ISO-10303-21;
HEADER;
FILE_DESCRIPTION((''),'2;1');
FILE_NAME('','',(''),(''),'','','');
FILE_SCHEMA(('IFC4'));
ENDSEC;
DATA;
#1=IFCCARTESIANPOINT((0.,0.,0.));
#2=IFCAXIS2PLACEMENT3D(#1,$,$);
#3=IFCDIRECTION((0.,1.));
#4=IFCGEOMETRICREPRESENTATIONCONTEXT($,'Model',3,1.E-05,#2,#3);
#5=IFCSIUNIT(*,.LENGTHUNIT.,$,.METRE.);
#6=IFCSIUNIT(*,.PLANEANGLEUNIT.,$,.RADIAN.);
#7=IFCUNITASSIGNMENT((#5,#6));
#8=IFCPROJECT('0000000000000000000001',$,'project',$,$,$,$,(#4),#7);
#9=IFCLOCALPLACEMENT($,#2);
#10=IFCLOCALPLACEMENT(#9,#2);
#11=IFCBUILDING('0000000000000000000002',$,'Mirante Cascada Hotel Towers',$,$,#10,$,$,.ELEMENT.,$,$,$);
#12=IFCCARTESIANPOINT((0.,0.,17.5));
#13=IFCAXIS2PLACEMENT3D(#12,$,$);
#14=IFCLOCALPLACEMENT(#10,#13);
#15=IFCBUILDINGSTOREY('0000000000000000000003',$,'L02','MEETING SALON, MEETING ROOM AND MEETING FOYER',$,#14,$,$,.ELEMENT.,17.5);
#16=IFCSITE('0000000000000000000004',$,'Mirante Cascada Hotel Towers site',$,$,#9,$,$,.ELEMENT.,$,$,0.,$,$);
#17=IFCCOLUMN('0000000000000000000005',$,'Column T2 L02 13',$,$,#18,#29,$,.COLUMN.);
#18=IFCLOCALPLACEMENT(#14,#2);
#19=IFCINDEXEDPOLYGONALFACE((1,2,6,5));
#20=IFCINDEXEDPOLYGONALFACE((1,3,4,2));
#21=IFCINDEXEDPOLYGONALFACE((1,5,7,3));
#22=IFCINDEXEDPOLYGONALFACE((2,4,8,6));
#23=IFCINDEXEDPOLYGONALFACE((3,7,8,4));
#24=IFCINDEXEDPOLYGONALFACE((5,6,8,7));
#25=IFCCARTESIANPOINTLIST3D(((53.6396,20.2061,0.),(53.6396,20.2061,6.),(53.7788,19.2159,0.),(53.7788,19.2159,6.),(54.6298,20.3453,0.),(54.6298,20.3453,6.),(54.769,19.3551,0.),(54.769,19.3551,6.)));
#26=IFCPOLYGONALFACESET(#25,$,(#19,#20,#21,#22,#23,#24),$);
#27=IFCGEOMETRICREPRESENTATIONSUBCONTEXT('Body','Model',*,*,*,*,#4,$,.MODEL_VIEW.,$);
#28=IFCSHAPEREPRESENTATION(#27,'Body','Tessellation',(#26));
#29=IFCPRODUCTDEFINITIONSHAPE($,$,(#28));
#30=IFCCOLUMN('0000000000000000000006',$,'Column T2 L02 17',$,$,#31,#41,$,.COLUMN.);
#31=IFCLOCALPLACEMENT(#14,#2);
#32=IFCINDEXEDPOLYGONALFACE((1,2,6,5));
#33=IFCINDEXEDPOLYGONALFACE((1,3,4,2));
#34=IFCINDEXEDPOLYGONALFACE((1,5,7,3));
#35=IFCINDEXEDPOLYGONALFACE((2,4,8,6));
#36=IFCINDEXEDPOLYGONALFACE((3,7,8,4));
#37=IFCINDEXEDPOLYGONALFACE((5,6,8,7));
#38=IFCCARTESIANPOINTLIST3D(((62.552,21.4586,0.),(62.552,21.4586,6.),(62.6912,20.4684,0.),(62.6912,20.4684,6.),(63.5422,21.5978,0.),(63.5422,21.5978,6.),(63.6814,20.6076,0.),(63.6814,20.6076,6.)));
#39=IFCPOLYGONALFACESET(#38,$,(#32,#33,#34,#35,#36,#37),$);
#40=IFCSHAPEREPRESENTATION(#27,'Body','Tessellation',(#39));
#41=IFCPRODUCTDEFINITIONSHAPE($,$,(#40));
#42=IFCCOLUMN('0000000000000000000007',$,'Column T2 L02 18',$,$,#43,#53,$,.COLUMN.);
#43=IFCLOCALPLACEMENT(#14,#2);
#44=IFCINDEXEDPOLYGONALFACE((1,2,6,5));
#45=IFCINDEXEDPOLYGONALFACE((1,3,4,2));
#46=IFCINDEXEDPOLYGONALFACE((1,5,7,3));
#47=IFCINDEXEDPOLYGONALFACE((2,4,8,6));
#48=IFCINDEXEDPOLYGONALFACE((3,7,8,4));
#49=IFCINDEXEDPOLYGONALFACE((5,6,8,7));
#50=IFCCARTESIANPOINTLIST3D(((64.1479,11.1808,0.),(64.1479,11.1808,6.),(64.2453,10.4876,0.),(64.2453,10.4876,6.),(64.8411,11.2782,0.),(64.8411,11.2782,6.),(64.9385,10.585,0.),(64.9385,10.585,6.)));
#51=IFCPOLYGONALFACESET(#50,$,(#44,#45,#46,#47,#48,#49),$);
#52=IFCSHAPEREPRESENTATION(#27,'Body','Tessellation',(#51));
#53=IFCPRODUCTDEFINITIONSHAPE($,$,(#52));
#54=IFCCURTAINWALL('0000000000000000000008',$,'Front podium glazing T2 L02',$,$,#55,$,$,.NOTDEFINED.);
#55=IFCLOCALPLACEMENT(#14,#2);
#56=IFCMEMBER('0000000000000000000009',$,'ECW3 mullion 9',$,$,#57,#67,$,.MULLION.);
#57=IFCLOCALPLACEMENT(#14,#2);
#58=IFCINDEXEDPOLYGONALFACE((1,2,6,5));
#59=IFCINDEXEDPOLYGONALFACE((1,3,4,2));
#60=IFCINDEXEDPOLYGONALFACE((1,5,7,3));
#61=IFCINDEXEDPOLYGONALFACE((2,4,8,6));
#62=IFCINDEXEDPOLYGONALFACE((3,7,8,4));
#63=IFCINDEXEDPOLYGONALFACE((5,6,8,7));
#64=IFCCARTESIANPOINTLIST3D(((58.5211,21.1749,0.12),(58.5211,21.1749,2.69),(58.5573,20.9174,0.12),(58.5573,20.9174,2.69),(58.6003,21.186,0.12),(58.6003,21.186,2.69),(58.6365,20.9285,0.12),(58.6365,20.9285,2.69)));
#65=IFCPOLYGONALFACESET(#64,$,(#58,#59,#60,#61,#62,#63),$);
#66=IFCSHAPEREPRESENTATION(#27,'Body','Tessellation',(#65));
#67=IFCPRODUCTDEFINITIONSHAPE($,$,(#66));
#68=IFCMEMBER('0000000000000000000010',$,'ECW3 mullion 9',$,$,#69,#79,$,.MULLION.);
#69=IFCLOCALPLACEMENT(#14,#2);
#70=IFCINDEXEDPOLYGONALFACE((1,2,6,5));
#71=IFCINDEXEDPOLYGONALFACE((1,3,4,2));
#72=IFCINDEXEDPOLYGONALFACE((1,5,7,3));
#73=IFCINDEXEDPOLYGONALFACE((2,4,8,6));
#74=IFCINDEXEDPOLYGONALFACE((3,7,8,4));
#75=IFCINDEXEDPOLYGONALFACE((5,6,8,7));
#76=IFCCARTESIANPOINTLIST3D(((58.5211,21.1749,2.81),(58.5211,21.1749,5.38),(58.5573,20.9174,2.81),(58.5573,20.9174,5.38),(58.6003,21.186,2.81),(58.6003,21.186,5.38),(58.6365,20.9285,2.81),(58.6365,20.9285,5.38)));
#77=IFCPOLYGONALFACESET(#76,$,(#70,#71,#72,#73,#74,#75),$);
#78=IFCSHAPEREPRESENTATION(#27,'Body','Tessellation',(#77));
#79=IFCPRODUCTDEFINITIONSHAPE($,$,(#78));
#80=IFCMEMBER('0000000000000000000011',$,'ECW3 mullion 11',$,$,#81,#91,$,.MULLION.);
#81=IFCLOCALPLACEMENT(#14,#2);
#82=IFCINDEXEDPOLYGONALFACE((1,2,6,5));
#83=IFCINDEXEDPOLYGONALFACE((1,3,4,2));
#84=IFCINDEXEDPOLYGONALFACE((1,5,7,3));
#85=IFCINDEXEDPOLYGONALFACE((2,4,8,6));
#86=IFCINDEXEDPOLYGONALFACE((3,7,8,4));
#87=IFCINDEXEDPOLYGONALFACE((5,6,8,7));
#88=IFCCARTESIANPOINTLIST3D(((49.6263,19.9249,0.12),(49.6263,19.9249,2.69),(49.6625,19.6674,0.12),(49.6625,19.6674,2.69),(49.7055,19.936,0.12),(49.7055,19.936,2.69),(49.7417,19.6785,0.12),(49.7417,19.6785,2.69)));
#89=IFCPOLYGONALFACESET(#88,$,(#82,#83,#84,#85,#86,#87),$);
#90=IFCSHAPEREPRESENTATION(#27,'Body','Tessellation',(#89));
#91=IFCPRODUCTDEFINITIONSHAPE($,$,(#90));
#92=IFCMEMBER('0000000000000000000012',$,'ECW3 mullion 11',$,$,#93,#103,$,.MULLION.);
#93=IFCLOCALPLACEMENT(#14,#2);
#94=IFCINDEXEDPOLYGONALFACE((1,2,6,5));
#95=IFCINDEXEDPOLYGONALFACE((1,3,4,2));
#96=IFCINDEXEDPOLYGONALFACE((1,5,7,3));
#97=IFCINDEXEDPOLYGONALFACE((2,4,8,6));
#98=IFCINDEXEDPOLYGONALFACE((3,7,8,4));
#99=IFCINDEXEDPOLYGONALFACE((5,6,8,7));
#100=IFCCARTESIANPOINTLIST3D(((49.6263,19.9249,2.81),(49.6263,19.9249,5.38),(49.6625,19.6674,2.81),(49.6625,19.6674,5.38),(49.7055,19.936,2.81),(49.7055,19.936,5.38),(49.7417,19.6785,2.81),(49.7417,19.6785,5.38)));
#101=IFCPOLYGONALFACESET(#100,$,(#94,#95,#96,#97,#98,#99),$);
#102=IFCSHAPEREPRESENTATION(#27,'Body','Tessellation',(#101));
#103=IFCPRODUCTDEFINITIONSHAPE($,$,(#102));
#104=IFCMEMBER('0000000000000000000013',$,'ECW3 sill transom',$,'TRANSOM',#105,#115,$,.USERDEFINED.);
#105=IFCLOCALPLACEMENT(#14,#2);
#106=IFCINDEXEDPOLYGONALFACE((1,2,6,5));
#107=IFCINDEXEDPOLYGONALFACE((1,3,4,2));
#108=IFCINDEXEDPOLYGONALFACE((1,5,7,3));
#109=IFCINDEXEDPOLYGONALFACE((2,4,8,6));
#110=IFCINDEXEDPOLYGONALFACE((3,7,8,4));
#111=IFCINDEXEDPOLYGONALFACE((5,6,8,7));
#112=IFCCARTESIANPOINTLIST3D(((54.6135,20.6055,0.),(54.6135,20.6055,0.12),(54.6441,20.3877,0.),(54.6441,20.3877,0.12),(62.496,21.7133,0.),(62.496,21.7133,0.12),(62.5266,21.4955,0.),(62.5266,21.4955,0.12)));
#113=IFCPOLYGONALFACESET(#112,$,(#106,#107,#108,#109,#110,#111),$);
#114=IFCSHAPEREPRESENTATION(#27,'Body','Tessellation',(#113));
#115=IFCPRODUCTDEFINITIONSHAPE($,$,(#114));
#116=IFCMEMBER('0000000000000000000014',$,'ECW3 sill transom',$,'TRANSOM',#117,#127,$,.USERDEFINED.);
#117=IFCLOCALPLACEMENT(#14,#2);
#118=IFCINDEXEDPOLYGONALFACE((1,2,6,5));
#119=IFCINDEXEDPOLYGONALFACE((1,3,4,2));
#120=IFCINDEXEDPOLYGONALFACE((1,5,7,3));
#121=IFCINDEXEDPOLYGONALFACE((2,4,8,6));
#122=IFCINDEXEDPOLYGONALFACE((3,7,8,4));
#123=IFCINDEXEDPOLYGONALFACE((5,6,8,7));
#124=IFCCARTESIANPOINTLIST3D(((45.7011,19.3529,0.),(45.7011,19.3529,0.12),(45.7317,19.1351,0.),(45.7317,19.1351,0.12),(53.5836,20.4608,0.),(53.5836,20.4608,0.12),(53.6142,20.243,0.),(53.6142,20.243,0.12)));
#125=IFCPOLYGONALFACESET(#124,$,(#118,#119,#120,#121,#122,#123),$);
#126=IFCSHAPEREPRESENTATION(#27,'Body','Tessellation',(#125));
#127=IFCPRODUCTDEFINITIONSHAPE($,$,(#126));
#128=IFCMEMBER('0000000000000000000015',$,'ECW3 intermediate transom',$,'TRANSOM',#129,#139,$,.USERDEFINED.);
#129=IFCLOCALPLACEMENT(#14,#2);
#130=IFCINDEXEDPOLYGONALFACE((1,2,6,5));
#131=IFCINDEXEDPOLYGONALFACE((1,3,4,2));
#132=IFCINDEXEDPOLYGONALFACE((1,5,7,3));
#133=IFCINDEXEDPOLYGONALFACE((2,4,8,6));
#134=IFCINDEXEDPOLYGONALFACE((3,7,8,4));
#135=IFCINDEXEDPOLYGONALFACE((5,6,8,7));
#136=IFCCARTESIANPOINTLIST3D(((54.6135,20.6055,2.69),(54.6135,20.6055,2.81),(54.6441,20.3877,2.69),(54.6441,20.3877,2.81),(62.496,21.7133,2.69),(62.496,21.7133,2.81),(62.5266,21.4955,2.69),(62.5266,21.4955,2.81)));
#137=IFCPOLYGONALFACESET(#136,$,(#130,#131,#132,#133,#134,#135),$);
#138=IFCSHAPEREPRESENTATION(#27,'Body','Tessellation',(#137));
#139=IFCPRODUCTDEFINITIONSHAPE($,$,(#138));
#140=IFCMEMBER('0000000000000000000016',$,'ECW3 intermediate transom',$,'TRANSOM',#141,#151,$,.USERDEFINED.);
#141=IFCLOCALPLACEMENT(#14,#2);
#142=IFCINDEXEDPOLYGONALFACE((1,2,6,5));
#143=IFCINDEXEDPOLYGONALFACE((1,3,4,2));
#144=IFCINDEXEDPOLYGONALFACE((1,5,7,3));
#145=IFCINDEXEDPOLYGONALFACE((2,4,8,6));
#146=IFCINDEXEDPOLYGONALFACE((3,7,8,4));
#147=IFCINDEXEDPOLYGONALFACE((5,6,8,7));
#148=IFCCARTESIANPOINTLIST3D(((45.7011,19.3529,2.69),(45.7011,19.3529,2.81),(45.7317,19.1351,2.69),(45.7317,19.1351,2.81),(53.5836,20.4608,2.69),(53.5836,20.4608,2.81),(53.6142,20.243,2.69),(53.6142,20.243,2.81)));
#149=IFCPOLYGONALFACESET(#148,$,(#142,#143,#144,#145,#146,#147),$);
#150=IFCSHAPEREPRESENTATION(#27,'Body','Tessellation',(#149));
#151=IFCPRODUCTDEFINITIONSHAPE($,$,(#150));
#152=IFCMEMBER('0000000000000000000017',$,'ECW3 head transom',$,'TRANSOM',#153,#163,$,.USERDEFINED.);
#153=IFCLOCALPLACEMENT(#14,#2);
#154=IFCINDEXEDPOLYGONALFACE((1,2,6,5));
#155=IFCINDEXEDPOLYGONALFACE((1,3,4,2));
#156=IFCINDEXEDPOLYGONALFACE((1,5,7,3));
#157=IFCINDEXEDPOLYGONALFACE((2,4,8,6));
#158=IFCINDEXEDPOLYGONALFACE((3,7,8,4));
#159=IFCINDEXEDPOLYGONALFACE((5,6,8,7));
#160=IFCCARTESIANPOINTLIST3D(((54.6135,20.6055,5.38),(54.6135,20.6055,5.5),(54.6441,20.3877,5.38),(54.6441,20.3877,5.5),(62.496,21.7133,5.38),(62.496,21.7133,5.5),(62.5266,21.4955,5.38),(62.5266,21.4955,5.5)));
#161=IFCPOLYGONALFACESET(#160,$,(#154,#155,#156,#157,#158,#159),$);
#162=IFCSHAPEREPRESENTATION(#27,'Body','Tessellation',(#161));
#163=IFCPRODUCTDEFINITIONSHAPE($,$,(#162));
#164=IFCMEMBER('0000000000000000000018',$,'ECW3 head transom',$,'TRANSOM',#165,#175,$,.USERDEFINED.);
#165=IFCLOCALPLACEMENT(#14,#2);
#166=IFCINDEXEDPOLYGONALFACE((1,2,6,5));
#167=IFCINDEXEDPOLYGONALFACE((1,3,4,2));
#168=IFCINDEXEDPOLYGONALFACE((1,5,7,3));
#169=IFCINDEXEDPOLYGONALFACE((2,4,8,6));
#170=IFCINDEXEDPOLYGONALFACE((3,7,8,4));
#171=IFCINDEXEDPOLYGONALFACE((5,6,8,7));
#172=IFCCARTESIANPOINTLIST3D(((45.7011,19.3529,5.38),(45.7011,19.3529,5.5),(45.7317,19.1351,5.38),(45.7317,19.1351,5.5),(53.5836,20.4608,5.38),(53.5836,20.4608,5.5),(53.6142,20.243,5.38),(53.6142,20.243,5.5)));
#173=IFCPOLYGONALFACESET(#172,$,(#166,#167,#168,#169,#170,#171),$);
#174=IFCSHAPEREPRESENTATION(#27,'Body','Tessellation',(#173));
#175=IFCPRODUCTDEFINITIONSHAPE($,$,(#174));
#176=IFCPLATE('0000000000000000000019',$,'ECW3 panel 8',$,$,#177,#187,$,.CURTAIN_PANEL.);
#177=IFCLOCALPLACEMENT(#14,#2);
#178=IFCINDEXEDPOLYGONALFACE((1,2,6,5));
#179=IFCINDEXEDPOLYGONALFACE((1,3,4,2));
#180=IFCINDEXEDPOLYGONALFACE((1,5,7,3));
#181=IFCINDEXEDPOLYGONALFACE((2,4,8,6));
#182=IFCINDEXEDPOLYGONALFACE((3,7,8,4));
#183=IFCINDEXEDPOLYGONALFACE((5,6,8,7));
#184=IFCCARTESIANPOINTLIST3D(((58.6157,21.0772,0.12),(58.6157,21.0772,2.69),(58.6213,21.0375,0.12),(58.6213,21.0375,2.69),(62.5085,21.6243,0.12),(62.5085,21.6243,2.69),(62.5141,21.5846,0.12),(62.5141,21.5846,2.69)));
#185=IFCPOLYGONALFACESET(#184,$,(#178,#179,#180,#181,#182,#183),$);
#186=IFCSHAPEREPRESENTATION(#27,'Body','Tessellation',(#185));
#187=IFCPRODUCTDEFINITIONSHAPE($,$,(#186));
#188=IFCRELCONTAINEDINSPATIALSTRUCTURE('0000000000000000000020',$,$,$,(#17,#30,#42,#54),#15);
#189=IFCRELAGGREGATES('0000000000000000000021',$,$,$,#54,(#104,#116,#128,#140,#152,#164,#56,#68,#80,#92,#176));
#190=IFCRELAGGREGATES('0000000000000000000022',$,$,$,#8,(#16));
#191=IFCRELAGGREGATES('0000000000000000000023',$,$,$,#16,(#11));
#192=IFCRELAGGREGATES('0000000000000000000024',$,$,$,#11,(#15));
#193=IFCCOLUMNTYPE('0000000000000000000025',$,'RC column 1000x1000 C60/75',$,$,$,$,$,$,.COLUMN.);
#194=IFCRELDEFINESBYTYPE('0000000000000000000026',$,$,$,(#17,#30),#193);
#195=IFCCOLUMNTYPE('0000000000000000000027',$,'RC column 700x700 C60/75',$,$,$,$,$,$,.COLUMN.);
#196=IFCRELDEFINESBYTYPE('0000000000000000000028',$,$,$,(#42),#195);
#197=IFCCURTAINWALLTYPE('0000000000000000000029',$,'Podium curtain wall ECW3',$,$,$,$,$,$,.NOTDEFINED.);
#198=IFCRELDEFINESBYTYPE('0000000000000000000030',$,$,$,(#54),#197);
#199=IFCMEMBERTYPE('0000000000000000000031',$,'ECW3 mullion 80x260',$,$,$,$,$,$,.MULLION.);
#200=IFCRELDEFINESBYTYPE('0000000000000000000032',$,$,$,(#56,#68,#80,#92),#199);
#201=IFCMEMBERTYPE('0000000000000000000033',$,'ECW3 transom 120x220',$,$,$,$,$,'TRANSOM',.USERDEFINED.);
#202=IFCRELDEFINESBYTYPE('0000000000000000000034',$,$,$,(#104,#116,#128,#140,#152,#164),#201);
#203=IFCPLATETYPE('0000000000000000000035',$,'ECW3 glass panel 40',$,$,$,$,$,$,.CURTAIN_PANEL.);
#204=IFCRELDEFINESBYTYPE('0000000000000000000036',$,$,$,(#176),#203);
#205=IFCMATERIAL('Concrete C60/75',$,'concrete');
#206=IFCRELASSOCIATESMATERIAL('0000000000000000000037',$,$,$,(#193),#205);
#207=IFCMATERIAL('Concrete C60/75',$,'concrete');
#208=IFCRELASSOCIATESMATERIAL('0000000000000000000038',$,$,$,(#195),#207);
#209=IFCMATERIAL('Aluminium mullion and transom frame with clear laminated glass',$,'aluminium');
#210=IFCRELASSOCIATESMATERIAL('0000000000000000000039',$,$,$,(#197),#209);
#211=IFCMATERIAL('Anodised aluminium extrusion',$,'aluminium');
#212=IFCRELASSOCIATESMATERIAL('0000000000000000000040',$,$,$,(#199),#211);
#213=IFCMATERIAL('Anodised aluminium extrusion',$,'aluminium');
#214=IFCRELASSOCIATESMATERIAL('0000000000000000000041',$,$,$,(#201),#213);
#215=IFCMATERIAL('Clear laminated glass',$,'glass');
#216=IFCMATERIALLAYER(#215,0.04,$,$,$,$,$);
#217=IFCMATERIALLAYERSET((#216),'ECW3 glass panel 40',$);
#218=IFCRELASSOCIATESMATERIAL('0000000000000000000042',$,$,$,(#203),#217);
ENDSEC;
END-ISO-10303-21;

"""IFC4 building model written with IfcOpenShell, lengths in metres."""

from ifc_helpers import new_model, si_unit, direction, frame, origin, origin_2d, place, context, subcontext, project, spatial, rectangle, extrude, material, layer, layer_set, material_profile, profile_set, type_object, element, aggregate, save


model = new_model("IFC4")

# Units and contexts
model_context = context("Model", 3, precision=1e-05, world=origin(), true_north=direction((0.0, 1.0)))
body_context = subcontext(model_context, "Body", "Model", "MODEL_VIEW")
ifc_project = project(units=[si_unit("LENGTHUNIT", "METRE"), si_unit("PLANEANGLEUNIT", "RADIAN")], contexts=[model_context])

# Site, building, storey
site_placement = place(None, origin())
site = spatial("IfcSite", under=ifc_project, at=site_placement, Name="Mirante Cascada Hotel Towers site", CompositionType="ELEMENT", RefElevation=0.0)
building_placement = place(site_placement, origin())
building = spatial("IfcBuilding", under=site, at=building_placement, Name="Mirante Cascada Hotel Towers", CompositionType="ELEMENT")
storey_placement = place(building_placement, frame((0.0, 0.0, 17.5)))
storey = spatial("IfcBuildingStorey", under=building, at=storey_placement, Name="L02", Description="MEETING SALON, MEETING ROOM AND MEETING FOYER", CompositionType="ELEMENT", Elevation=17.5)

# Columns
ifc_material_1 = material(Name="Concrete C60/75", Category="concrete")
ifc_material_profile_1 = material_profile(ifc_material_1, rectangle(XDim=1.0, YDim=1.0, at=origin_2d()), Name="RC column 1000x1000 C60/75")
ifc_profile_set_1 = profile_set([ifc_material_profile_1], Name="Concrete C60/75")
column_type_1 = type_object("IfcColumnType", Name="RC column 1000x1000 C60/75", PredefinedType="COLUMN", material=ifc_profile_set_1)
for number, where, z_axis, x_axis, name in (
    (1, (54.2043, 19.7806, 0.0), (0.0, 0.0, 1.0), (0.990268, 0.139173, 0.0), "Column T2 L02 13"),
    (2, (63.1167, 21.0331, 0.0), (0.0, 0.0, 1.0), (0.990268, 0.139173, 0.0), "Column T2 L02 17"),
):
    element("IfcColumn", number, at=place(storey_placement, frame(where, z_axis=z_axis, x_axis=x_axis)), inside=storey, type_object=column_type_1, Name=name, PredefinedType="COLUMN", context=body_context, shape_type="SweptSolid", body=[
        extrude(rectangle(XDim=1.0, YDim=1.0, at=origin_2d()), origin(), (0.0, 0.0, 1.0), 6.0),
    ])
ifc_material_2 = material(Name="Concrete C60/75", Category="concrete")
ifc_material_profile_2 = material_profile(ifc_material_2, rectangle(XDim=0.7, YDim=0.7, at=origin_2d()), Name="RC column 700x700 C60/75")
ifc_profile_set_2 = profile_set([ifc_material_profile_2], Name="Concrete C60/75")
column_type_2 = type_object("IfcColumnType", Name="RC column 700x700 C60/75", PredefinedType="COLUMN", material=ifc_profile_set_2)
column_placement = place(storey_placement, frame((64.5432, 10.8829, 0.0), z_axis=(0.0, 0.0, 1.0), x_axis=(0.990268, 0.139173, 0.0)))
element("IfcColumn", 3, at=column_placement, inside=storey, type_object=column_type_2, Name="Column T2 L02 18", PredefinedType="COLUMN", context=body_context, shape_type="SweptSolid", body=[
    extrude(rectangle(XDim=0.7, YDim=0.7, at=origin_2d()), origin(), (0.0, 0.0, 1.0), 6.0),
])

# Curtain wall, members, plate
ifc_material_3 = material(Name="Aluminium mullion and transom frame with clear laminated glass", Category="aluminium")
curtain_wall_type = type_object("IfcCurtainWallType", Name="Podium curtain wall ECW3", PredefinedType="NOTDEFINED", material=ifc_material_3)
curtain_wall_placement = place(storey_placement, origin())
curtain_wall = element("IfcCurtainWall", 4, at=curtain_wall_placement, inside=storey, type_object=curtain_wall_type, Name="Front podium glazing T2 L02", PredefinedType="NOTDEFINED")
ifc_material_4 = material(Name="Anodised aluminium extrusion", Category="aluminium")
ifc_material_profile_3 = material_profile(ifc_material_4, rectangle(XDim=0.26, YDim=0.08, at=origin_2d()), Name="ECW3 MULLION 80x260")
ifc_profile_set_3 = profile_set([ifc_material_profile_3], Name="Anodised aluminium extrusion")
member_type_1 = type_object("IfcMemberType", Name="ECW3 mullion 80x260", PredefinedType="MULLION", material=ifc_profile_set_3)
member_1_placement = place(storey_placement, frame((58.5788, 21.0517, 0.12), z_axis=(0.0, 0.0, 1.0), x_axis=(0.139173, -0.990268, 0.0)))
member_1 = element("IfcMember", 5, at=member_1_placement, type_object=member_type_1, Name="ECW3 mullion 9", PredefinedType="MULLION", context=body_context, shape_type="SweptSolid", body=[
    extrude(rectangle(XDim=0.26, YDim=0.08, at=origin_2d()), origin(), (0.0, 0.0, 1.0), 2.57),
])
member_2_placement = place(storey_placement, frame((58.5788, 21.0517, 2.81), z_axis=(0.0, 0.0, 1.0), x_axis=(0.139173, -0.990268, 0.0)))
member_2 = element("IfcMember", 6, at=member_2_placement, type_object=member_type_1, Name="ECW3 mullion 9", PredefinedType="MULLION", context=body_context, shape_type="SweptSolid", body=[
    extrude(rectangle(XDim=0.26, YDim=0.08, at=origin_2d()), origin(), (0.0, 0.0, 1.0), 2.57),
])
member_3_placement = place(storey_placement, frame((49.684, 19.8017, 0.12), z_axis=(0.0, 0.0, 1.0), x_axis=(0.139173, -0.990268, 0.0)))
member_3 = element("IfcMember", 7, at=member_3_placement, type_object=member_type_1, Name="ECW3 mullion 11", PredefinedType="MULLION", context=body_context, shape_type="SweptSolid", body=[
    extrude(rectangle(XDim=0.26, YDim=0.08, at=origin_2d()), origin(), (0.0, 0.0, 1.0), 2.57),
])
member_4_placement = place(storey_placement, frame((49.684, 19.8017, 2.81), z_axis=(0.0, 0.0, 1.0), x_axis=(0.139173, -0.990268, 0.0)))
member_4 = element("IfcMember", 8, at=member_4_placement, type_object=member_type_1, Name="ECW3 mullion 11", PredefinedType="MULLION", context=body_context, shape_type="SweptSolid", body=[
    extrude(rectangle(XDim=0.26, YDim=0.08, at=origin_2d()), origin(), (0.0, 0.0, 1.0), 2.57),
])
ifc_material_5 = material(Name="Anodised aluminium extrusion", Category="aluminium")
ifc_material_profile_4 = material_profile(ifc_material_5, rectangle(XDim=0.22, YDim=0.12, at=origin_2d()), Name="ECW3 TRANSOM 120x220")
ifc_profile_set_4 = profile_set([ifc_material_profile_4], Name="Anodised aluminium extrusion")
member_type_2 = type_object("IfcMemberType", Name="ECW3 transom 120x220", ElementType="TRANSOM", PredefinedType="USERDEFINED", material=ifc_profile_set_4)
member_5_placement = place(storey_placement, frame((62.5113, 21.6044, 0.06), z_axis=(-0.990268, -0.139172, 0.0), x_axis=(0.139172, -0.990268, 0.0)))
member_5 = element("IfcMember", 9, at=member_5_placement, type_object=member_type_2, Name="ECW3 sill transom", ObjectType="TRANSOM", PredefinedType="USERDEFINED", context=body_context, shape_type="SweptSolid", body=[
    extrude(rectangle(XDim=0.22, YDim=0.12, at=origin_2d()), origin(), (0.0, 0.0, 1.0), 7.96),
])
member_6_placement = place(storey_placement, frame((53.5989, 20.3519, 0.06), z_axis=(-0.990267, -0.139184, 0.0), x_axis=(0.139184, -0.990267, 0.0)))
member_6 = element("IfcMember", 10, at=member_6_placement, type_object=member_type_2, Name="ECW3 sill transom", ObjectType="TRANSOM", PredefinedType="USERDEFINED", context=body_context, shape_type="SweptSolid", body=[
    extrude(rectangle(XDim=0.22, YDim=0.12, at=origin_2d()), origin(), (0.0, 0.0, 1.0), 7.96),
])
member_7_placement = place(storey_placement, frame((62.5113, 21.6044, 2.75), z_axis=(-0.990268, -0.139172, 0.0), x_axis=(0.139172, -0.990268, 0.0)))
member_7 = element("IfcMember", 11, at=member_7_placement, type_object=member_type_2, Name="ECW3 intermediate transom", ObjectType="TRANSOM", PredefinedType="USERDEFINED", context=body_context, shape_type="SweptSolid", body=[
    extrude(rectangle(XDim=0.22, YDim=0.12, at=origin_2d()), origin(), (0.0, 0.0, 1.0), 7.96),
])
member_8_placement = place(storey_placement, frame((53.5989, 20.3519, 2.75), z_axis=(-0.990267, -0.139184, 0.0), x_axis=(0.139184, -0.990267, 0.0)))
member_8 = element("IfcMember", 12, at=member_8_placement, type_object=member_type_2, Name="ECW3 intermediate transom", ObjectType="TRANSOM", PredefinedType="USERDEFINED", context=body_context, shape_type="SweptSolid", body=[
    extrude(rectangle(XDim=0.22, YDim=0.12, at=origin_2d()), origin(), (0.0, 0.0, 1.0), 7.96),
])
member_9_placement = place(storey_placement, frame((62.5113, 21.6044, 5.44), z_axis=(-0.990268, -0.139172, 0.0), x_axis=(0.139172, -0.990268, 0.0)))
member_9 = element("IfcMember", 13, at=member_9_placement, type_object=member_type_2, Name="ECW3 head transom", ObjectType="TRANSOM", PredefinedType="USERDEFINED", context=body_context, shape_type="SweptSolid", body=[
    extrude(rectangle(XDim=0.22, YDim=0.12, at=origin_2d()), origin(), (0.0, 0.0, 1.0), 7.96),
])
member_10_placement = place(storey_placement, frame((53.5989, 20.3519, 5.44), z_axis=(-0.990267, -0.139184, 0.0), x_axis=(0.139184, -0.990267, 0.0)))
member_10 = element("IfcMember", 14, at=member_10_placement, type_object=member_type_2, Name="ECW3 head transom", ObjectType="TRANSOM", PredefinedType="USERDEFINED", context=body_context, shape_type="SweptSolid", body=[
    extrude(rectangle(XDim=0.22, YDim=0.12, at=origin_2d()), origin(), (0.0, 0.0, 1.0), 7.96),
])
ifc_material_6 = material(Name="Clear laminated glass", Category="glass")
ifc_layer_1 = layer(ifc_material_6, 0.04)
ifc_layer_set_1 = layer_set([ifc_layer_1], Name="ECW3 glass panel 40")
plate_type = type_object("IfcPlateType", Name="ECW3 glass panel 40", PredefinedType="CURTAIN_PANEL", material=ifc_layer_set_1)
plate_1_placement = place(storey_placement, frame((60.5649, 21.3309, 0.12), z_axis=(0.0, 0.0, 1.0), x_axis=(-0.990268, -0.139173, 0.0)))
plate_1 = element("IfcPlate", 15, at=plate_1_placement, type_object=plate_type, Name="ECW3 panel 8", PredefinedType="CURTAIN_PANEL", context=body_context, shape_type="SweptSolid", body=[
    extrude(rectangle(XDim=3.9311, YDim=0.04, at=origin_2d()), origin(), (0.0, 0.0, 1.0), 2.57),
])
aggregate(curtain_wall, [member_5, member_6, member_7, member_8, member_9, member_10, member_1, member_2, member_3, member_4, plate_1])

save(model, "model.ifc")
